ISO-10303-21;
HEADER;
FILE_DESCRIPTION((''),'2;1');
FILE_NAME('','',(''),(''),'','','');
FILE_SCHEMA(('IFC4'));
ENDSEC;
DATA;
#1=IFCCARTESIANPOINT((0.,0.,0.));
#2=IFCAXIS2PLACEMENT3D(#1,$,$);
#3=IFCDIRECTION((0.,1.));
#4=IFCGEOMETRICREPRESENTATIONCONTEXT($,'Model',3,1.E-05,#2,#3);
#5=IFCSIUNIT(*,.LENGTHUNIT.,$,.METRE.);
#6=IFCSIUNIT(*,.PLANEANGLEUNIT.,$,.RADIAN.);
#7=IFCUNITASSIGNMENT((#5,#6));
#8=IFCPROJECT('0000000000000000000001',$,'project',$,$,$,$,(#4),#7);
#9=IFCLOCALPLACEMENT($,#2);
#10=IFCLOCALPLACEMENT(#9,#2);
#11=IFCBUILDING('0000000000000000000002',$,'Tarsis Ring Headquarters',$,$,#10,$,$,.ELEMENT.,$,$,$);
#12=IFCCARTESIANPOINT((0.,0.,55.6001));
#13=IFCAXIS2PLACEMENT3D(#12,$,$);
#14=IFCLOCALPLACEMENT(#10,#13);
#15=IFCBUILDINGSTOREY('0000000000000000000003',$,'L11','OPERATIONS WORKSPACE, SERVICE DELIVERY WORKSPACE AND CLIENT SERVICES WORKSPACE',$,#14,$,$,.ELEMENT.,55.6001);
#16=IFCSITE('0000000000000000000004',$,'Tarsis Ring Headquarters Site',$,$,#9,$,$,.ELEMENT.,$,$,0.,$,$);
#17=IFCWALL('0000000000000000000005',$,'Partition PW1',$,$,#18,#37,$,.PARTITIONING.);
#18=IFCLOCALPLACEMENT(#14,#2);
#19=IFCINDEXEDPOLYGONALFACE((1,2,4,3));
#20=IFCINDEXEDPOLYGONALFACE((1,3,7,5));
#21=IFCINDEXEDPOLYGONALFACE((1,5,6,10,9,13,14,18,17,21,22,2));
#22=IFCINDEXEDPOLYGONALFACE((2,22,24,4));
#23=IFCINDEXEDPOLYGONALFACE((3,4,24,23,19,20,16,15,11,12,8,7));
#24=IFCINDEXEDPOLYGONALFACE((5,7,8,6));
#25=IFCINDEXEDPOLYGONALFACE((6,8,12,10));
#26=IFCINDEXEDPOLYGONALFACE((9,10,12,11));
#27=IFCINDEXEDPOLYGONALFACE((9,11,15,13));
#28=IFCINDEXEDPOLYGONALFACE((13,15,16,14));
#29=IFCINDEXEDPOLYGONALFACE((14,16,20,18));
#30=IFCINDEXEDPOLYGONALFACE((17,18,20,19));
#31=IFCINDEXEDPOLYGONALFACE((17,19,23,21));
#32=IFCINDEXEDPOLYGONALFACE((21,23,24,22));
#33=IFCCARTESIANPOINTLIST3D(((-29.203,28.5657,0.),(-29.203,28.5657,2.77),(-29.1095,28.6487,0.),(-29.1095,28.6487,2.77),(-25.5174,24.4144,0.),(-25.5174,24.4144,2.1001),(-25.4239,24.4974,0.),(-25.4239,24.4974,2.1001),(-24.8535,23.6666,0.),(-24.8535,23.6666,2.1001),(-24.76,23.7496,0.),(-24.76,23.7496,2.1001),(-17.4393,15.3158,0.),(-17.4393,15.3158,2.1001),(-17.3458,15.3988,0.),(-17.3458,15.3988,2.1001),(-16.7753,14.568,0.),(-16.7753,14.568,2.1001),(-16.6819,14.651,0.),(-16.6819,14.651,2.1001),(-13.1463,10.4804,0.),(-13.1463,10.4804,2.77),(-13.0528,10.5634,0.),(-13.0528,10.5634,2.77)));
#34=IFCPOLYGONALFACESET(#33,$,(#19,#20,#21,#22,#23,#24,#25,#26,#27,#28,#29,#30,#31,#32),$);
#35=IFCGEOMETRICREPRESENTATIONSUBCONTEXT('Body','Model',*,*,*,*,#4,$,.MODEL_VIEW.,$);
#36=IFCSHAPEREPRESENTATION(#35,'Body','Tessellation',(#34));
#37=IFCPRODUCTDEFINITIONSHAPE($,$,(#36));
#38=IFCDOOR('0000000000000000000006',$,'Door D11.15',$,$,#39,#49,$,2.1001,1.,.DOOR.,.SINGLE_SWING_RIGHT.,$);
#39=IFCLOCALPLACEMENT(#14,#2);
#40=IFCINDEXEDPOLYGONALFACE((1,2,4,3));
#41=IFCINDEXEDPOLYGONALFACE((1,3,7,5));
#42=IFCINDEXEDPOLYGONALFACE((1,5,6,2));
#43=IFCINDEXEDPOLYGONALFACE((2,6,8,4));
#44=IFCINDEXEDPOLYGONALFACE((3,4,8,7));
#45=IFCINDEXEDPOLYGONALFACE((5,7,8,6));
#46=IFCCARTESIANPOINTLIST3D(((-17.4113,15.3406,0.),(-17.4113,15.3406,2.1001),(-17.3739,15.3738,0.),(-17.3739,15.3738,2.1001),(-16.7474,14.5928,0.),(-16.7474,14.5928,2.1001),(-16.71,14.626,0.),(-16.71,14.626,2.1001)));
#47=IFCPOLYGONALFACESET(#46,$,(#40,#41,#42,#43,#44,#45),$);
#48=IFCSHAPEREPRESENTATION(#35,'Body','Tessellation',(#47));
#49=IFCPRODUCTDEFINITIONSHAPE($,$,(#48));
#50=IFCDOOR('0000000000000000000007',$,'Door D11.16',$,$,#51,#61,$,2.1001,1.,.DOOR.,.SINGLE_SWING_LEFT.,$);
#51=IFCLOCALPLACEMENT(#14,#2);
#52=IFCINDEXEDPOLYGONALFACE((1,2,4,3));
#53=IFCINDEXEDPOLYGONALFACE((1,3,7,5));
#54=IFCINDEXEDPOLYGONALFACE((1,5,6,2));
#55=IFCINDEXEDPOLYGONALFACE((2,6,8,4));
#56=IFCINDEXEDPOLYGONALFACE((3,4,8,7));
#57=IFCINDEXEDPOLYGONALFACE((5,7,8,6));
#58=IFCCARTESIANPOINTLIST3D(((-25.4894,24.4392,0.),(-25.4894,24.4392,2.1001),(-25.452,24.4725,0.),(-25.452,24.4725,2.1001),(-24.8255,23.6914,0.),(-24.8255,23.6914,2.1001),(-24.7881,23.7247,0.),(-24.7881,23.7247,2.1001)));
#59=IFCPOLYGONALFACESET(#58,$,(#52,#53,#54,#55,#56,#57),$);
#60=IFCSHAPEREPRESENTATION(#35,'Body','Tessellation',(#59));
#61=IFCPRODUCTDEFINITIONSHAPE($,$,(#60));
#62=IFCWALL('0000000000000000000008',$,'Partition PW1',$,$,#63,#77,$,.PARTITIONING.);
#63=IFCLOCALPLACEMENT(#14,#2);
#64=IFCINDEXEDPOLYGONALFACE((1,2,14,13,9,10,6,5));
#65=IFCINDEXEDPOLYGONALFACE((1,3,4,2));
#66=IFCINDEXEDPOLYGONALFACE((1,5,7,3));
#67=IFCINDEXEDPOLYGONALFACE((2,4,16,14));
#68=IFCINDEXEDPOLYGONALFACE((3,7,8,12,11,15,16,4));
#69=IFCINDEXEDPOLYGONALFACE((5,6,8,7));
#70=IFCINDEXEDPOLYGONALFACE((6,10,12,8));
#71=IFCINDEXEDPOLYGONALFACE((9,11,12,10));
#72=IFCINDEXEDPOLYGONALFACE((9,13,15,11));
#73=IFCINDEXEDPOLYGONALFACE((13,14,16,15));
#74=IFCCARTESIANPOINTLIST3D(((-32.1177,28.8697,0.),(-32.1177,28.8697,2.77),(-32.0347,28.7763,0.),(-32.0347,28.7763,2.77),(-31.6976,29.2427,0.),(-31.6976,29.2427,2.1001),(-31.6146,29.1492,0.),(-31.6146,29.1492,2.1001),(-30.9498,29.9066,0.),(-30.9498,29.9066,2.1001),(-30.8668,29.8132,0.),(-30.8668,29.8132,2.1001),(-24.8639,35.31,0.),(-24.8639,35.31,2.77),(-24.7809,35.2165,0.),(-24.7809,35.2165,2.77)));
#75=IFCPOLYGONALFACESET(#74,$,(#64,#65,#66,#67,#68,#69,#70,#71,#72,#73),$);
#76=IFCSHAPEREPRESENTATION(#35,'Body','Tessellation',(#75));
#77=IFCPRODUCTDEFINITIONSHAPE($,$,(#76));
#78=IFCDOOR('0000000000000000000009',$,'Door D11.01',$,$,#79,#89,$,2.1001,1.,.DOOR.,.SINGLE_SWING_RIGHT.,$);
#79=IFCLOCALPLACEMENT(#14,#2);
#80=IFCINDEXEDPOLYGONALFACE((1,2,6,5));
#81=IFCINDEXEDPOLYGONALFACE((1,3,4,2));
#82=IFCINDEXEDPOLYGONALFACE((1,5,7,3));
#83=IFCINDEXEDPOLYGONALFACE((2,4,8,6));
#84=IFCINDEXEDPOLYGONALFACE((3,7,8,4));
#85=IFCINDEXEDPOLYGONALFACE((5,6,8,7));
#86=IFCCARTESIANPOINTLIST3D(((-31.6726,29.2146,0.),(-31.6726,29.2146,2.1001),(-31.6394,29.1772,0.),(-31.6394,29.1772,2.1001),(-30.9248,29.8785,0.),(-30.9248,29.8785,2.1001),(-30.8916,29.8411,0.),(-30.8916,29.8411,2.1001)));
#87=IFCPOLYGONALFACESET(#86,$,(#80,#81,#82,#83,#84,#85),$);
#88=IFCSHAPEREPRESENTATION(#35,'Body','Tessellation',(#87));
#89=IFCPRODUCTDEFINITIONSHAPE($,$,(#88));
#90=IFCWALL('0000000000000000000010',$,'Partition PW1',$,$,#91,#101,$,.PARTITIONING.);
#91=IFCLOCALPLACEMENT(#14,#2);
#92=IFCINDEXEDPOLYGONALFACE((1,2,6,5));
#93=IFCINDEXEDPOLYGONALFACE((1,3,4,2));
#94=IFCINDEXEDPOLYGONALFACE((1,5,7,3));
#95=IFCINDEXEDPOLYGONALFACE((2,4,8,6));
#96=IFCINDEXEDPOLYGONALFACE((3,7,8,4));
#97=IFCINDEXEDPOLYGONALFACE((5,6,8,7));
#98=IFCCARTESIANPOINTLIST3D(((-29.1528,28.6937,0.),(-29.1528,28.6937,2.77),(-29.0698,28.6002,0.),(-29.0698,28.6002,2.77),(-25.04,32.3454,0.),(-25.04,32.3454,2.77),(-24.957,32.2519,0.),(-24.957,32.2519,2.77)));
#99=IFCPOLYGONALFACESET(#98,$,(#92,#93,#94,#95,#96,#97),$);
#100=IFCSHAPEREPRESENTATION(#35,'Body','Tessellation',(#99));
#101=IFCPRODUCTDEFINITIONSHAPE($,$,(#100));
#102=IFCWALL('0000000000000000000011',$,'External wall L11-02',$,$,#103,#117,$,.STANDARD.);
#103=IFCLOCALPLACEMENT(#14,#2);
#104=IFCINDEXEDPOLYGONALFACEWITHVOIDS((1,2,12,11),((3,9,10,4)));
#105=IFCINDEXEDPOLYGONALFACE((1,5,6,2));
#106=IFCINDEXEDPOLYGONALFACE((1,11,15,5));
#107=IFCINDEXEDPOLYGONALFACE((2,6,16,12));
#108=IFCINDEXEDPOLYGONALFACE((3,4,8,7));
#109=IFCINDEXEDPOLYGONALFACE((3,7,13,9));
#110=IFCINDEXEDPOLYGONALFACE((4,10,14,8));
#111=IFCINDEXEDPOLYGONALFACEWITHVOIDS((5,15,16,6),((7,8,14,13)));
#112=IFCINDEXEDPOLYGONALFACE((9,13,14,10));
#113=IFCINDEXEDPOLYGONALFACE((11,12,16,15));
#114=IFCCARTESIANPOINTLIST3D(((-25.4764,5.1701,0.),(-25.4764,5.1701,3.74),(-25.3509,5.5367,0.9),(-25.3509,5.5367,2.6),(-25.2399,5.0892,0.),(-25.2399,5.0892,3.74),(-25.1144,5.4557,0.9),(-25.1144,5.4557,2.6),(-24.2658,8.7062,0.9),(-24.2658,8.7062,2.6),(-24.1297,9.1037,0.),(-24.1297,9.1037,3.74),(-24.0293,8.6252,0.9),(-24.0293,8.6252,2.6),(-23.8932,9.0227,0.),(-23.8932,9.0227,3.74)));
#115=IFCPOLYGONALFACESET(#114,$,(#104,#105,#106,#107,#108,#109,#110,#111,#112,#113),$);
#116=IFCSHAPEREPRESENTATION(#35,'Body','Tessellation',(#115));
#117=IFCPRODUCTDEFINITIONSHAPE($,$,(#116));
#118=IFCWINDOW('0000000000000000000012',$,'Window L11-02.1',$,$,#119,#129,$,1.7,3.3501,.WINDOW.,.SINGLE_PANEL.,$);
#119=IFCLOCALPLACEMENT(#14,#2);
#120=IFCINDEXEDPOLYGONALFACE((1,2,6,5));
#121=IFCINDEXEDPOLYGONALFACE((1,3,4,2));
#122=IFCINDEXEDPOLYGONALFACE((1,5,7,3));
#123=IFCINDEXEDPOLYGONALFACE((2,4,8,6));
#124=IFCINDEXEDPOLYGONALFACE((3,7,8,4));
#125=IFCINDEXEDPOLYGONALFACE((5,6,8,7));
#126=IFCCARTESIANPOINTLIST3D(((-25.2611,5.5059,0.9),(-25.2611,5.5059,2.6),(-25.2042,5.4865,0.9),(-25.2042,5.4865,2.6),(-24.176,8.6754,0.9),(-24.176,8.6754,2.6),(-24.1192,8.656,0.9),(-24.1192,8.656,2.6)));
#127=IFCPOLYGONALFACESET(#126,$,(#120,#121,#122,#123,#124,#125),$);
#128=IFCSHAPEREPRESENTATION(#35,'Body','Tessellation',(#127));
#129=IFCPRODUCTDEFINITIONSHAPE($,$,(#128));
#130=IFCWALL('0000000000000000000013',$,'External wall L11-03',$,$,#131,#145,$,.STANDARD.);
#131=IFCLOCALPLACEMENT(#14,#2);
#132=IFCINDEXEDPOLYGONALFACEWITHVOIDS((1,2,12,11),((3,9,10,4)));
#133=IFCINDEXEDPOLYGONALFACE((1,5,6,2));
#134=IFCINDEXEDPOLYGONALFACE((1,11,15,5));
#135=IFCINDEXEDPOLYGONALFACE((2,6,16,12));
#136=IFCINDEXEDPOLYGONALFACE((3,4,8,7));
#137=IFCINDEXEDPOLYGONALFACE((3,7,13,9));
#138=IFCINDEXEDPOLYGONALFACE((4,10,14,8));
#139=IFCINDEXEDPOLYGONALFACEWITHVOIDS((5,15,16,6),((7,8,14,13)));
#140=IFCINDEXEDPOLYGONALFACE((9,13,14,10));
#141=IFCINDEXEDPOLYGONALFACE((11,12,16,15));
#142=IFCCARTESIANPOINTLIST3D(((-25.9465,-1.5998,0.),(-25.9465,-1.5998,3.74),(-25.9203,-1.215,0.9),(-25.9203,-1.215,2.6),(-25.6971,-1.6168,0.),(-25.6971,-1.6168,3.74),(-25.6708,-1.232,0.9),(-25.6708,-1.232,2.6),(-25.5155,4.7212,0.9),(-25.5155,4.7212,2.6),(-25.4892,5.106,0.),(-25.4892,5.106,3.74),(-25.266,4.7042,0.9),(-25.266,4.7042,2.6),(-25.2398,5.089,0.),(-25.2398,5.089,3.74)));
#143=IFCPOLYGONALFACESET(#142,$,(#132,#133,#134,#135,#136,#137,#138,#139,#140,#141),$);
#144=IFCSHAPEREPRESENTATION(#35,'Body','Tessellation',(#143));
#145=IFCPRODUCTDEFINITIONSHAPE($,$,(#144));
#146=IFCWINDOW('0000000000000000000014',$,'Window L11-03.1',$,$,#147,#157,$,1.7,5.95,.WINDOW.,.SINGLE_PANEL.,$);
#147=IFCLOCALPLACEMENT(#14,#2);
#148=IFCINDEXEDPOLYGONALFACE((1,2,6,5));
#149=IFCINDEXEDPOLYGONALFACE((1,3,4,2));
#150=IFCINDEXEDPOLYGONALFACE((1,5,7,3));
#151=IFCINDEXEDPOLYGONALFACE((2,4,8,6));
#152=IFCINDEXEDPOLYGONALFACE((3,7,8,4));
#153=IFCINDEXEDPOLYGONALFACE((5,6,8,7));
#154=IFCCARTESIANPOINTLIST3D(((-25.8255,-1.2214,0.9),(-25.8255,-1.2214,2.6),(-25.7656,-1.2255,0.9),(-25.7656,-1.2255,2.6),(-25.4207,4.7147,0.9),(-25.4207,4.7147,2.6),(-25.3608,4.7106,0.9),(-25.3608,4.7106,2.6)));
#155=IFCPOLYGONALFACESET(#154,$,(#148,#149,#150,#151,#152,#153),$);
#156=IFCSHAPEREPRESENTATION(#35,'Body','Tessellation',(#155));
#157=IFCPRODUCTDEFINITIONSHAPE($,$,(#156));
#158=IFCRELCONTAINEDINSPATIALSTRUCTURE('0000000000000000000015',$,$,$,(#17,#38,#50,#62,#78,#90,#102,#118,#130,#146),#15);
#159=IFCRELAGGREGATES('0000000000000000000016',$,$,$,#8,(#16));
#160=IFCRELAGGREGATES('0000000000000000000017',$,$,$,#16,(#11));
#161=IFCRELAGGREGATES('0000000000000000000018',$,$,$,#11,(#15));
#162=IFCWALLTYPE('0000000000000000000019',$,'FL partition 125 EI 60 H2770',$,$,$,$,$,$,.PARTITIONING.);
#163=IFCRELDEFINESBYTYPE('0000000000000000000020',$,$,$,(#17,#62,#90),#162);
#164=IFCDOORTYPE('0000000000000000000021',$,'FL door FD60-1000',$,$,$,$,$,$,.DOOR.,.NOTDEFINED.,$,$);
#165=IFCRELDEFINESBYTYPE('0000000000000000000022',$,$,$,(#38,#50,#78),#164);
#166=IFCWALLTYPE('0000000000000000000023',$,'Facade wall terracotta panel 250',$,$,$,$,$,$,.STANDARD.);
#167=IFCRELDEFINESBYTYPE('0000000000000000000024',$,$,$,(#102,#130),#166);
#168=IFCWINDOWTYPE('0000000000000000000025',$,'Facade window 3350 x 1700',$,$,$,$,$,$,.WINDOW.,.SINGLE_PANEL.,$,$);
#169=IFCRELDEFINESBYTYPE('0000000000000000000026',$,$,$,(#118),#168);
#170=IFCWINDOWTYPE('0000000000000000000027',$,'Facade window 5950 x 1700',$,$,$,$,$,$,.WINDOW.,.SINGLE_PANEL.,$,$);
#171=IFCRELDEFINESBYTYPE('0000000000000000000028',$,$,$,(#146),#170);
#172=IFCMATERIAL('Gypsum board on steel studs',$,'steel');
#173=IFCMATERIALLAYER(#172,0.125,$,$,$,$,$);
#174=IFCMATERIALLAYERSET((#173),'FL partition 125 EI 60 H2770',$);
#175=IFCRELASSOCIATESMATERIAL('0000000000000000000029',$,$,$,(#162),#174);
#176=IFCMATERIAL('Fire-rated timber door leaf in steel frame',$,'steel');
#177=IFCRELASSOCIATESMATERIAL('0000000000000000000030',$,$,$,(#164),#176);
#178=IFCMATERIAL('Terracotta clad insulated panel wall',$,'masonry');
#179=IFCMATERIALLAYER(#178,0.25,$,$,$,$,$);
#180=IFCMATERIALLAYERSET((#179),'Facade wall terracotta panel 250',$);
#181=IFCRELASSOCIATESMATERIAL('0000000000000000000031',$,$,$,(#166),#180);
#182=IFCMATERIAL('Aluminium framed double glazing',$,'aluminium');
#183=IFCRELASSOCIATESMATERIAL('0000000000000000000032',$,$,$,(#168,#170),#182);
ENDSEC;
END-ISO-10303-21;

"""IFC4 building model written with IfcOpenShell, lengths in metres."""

from ifc_helpers import new_model, si_unit, direction, frame, frame_2d, origin, place, context, subcontext, project, spatial, rectangle, extrude, material, layer, layer_set, type_object, element, fill, save


model = new_model("IFC4")

# Units and contexts
model_context = context("Model", 3, precision=1e-05, world=origin(), true_north=direction((0.0, 1.0)))
body_context = subcontext(model_context, "Body", "Model", "MODEL_VIEW")
ifc_project = project(units=[si_unit("LENGTHUNIT", "METRE"), si_unit("PLANEANGLEUNIT", "RADIAN")], contexts=[model_context])

# Site, building, storey
site_placement = place(None, origin())
site = spatial("IfcSite", under=ifc_project, at=site_placement, Name="Tarsis Ring Headquarters Site", CompositionType="ELEMENT", RefElevation=0.0)
building_placement = place(site_placement, origin())
building = spatial("IfcBuilding", under=site, at=building_placement, Name="Tarsis Ring Headquarters", CompositionType="ELEMENT")
storey_placement = place(building_placement, frame((0.0, 0.0, 55.6001)))
storey = spatial("IfcBuildingStorey", under=building, at=storey_placement, Name="L11", Description="OPERATIONS WORKSPACE, SERVICE DELIVERY WORKSPACE AND CLIENT SERVICES WORKSPACE", CompositionType="ELEMENT", Elevation=55.6001)

# Shared definitions
ifc_material_1 = material(Name="Gypsum board on steel studs", Category="steel")

# Shared definitions
ifc_layer_1 = layer(ifc_material_1, 0.125)
ifc_layer_set_1 = layer_set([ifc_layer_1], Name="FL partition 125 EI 60 H2770")
wall_type_1 = type_object("IfcWallType", Name="FL partition 125 EI 60 H2770", PredefinedType="PARTITIONING", material=ifc_layer_set_1)
ifc_material_2 = material(Name="Fire-rated timber door leaf in steel frame", Category="steel")

# Wall, openings, doors
wall_1_placement = place(storey_placement, frame((-29.1562, 28.6072, 0.0), z_axis=(0.0, 0.0, 1.0), x_axis=(0.663923, -0.747801, 0.0)))
wall_1 = element("IfcWall", 1, at=wall_1_placement, inside=storey, type_object=wall_type_1, Name="Partition PW1", PredefinedType="PARTITIONING", context=body_context, shape_type="SweptSolid", body=[
    extrude(rectangle(XDim=24.1846, YDim=0.125, at=frame_2d((12.0923, 0.0))), origin(), (0.0, 0.0, 1.0), 2.77),
])
opening_1_placement = place(wall_1_placement, frame((17.7185, 0.0, 0.0)))
opening_1 = element("IfcOpeningElement", 2, at=opening_1_placement, cuts=wall_1, PredefinedType="OPENING", context=body_context, shape_type="SweptSolid", body=[
    extrude(rectangle(XDim=1.0, YDim=2.1001, at=frame_2d((0.5, 1.05))), frame((0.0, 0.0725, 0.0), z_axis=(0.0, -1.0, 0.0), x_axis=(1.0, 0.0, 0.0)), (0.0, 0.0, 1.0), 0.145),
])
opening_2_placement = place(wall_1_placement, frame((5.5513, 0.0, 0.0)))
opening_2 = element("IfcOpeningElement", 3, at=opening_2_placement, cuts=wall_1, PredefinedType="OPENING", context=body_context, shape_type="SweptSolid", body=[
    extrude(rectangle(XDim=1.0, YDim=2.1001, at=frame_2d((0.5, 1.05))), frame((0.0, 0.0725, 0.0), z_axis=(0.0, -1.0, 0.0), x_axis=(1.0, 0.0, 0.0)), (0.0, 0.0, 1.0), 0.145),
])
door_type_1 = type_object("IfcDoorType", Name="FL door FD60-1000", OperationType="NOTDEFINED", PredefinedType="DOOR", material=ifc_material_2)
door_1_placement = place(opening_1_placement, origin())
door_1 = element("IfcDoor", 4, at=door_1_placement, inside=storey, type_object=door_type_1, Name="Door D11.15", OperationType="SINGLE_SWING_RIGHT", OverallHeight=2.1001, OverallWidth=1.0, PredefinedType="DOOR", context=body_context, shape_type="SweptSolid", body=[
    extrude(rectangle(XDim=1.0, YDim=2.1001, at=frame_2d((0.5, 1.05))), frame((0.0, 0.0249, 0.0), z_axis=(0.0, -1.0, 0.0), x_axis=(1.0, 0.0, 0.0)), (0.0, 0.0, 1.0), 0.05),
])
fill(opening_1, door_1)
door_2_placement = place(opening_2_placement, origin())
door_2 = element("IfcDoor", 5, at=door_2_placement, inside=storey, type_object=door_type_1, Name="Door D11.16", OperationType="SINGLE_SWING_LEFT", OverallHeight=2.1001, OverallWidth=1.0, PredefinedType="DOOR", context=body_context, shape_type="SweptSolid", body=[
    extrude(rectangle(XDim=1.0, YDim=2.1001, at=frame_2d((0.5, 1.05))), frame((0.0, 0.0249, 0.0), z_axis=(0.0, -1.0, 0.0), x_axis=(1.0, 0.0, 0.0)), (0.0, 0.0, 1.0), 0.05),
])
fill(opening_2, door_2)

# Wall, opening, door
wall_2_placement = place(storey_placement, frame((-32.0762, 28.823, 0.0), z_axis=(0.0, 0.0, 1.0), x_axis=(0.747794, 0.663931, 0.0)))
wall_2 = element("IfcWall", 6, at=wall_2_placement, inside=storey, type_object=wall_type_1, Name="Partition PW1", PredefinedType="PARTITIONING", context=body_context, shape_type="SweptSolid", body=[
    extrude(rectangle(XDim=9.7002, YDim=0.125, at=frame_2d((4.8501, 0.0))), origin(), (0.0, 0.0, 1.0), 2.77),
])
opening_3_placement = place(wall_2_placement, frame((0.5618, 0.0, 0.0)))
opening_3 = element("IfcOpeningElement", 7, at=opening_3_placement, cuts=wall_2, PredefinedType="OPENING", context=body_context, shape_type="SweptSolid", body=[
    extrude(rectangle(XDim=1.0, YDim=2.1001, at=frame_2d((0.5, 1.05))), frame((0.0, 0.0725, 0.0), z_axis=(0.0, -1.0, 0.0), x_axis=(1.0, 0.0, 0.0)), (0.0, 0.0, 1.0), 0.145),
])
door_3_placement = place(opening_3_placement, origin())
door_3 = element("IfcDoor", 8, at=door_3_placement, inside=storey, type_object=door_type_1, Name="Door D11.01", OperationType="SINGLE_SWING_RIGHT", OverallHeight=2.1001, OverallWidth=1.0, PredefinedType="DOOR", context=body_context, shape_type="SweptSolid", body=[
    extrude(rectangle(XDim=1.0, YDim=2.1001, at=frame_2d((0.5, 1.05))), frame((0.0, 0.0249, 0.0), z_axis=(0.0, -1.0, 0.0), x_axis=(1.0, 0.0, 0.0)), (0.0, 0.0, 1.0), 0.05),
])
fill(opening_3, door_3)

# Wall
wall_3_placement = place(storey_placement, frame((-29.1113, 28.647, 0.0), z_axis=(0.0, 0.0, 1.0), x_axis=(0.747789, 0.663937, 0.0)))
element("IfcWall", 9, at=wall_3_placement, inside=storey, type_object=wall_type_1, Name="Partition PW1", PredefinedType="PARTITIONING", context=body_context, shape_type="SweptSolid", body=[
    extrude(rectangle(XDim=5.5, YDim=0.125, at=frame_2d((2.75, 0.0))), origin(), (0.0, 0.0, 1.0), 2.77),
])

# Walls, openings, windows
ifc_material_3 = material(Name="Terracotta clad insulated panel wall", Category="masonry")
ifc_layer_2 = layer(ifc_material_3, 0.25)
ifc_layer_set_2 = layer_set([ifc_layer_2], Name="Facade wall terracotta panel 250")
wall_type_2 = type_object("IfcWallType", Name="Facade wall terracotta panel 250", PredefinedType="STANDARD", material=ifc_layer_set_2)
wall_4_placement = place(storey_placement, frame((-24.0115, 9.0632, 0.0), z_axis=(0.0, 0.0, 1.0), x_axis=(-0.323898, -0.946092, 0.0)))
wall_4 = element("IfcWall", 10, at=wall_4_placement, inside=storey, type_object=wall_type_2, Name="External wall L11-02", PredefinedType="STANDARD", context=body_context, shape_type="SweptSolid", body=[
    extrude(rectangle(XDim=4.1577, YDim=0.25, at=frame_2d((2.0789, 0.0))), origin(), (0.0, 0.0, 1.0), 3.74),
])
opening_4_placement = place(wall_4_placement, frame((0.4202, 0.0, 0.8999)))
opening_4 = element("IfcOpeningElement", 11, at=opening_4_placement, cuts=wall_4, PredefinedType="OPENING", context=body_context, shape_type="SweptSolid", body=[
    extrude(rectangle(XDim=3.3501, YDim=1.7, at=frame_2d((1.675, 0.8501))), frame((0.0, 0.135, 0.0), z_axis=(0.0, -1.0, 0.0), x_axis=(1.0, 0.0, 0.0)), (0.0, 0.0, 1.0), 0.27),
])
ifc_material_4 = material(Name="Aluminium framed double glazing", Category="aluminium")
window_type_1 = type_object("IfcWindowType", Name="Facade window 3350 x 1700", PartitioningType="SINGLE_PANEL", PredefinedType="WINDOW", material=ifc_material_4)
window_1_placement = place(opening_4_placement, origin())
window_1 = element("IfcWindow", 12, at=window_1_placement, inside=storey, type_object=window_type_1, Name="Window L11-02.1", OverallHeight=1.7, OverallWidth=3.3501, PartitioningType="SINGLE_PANEL", PredefinedType="WINDOW", context=body_context, shape_type="SweptSolid", body=[
    extrude(rectangle(XDim=3.3501, YDim=1.7, at=frame_2d((1.675, 0.8501))), frame((0.0, 0.03, 0.0), z_axis=(0.0, -1.0, 0.0), x_axis=(1.0, 0.0, 0.0)), (0.0, 0.0, 1.0), 0.0601),
])
fill(opening_4, window_1)
wall_5_placement = place(storey_placement, frame((-25.3645, 5.0977, 0.0), z_axis=(0.0, 0.0, 1.0), x_axis=(-0.068033, -0.997683, 0.0)))
wall_5 = element("IfcWall", 13, at=wall_5_placement, inside=storey, type_object=wall_type_2, Name="External wall L11-03", PredefinedType="STANDARD", context=body_context, shape_type="SweptSolid", body=[
    extrude(rectangle(XDim=6.7214, YDim=0.25, at=frame_2d((3.3608, 0.0))), origin(), (0.0, 0.0, 1.0), 3.74),
])
opening_5_placement = place(wall_5_placement, frame((0.3857, 0.0, 0.8999)))
opening_5 = element("IfcOpeningElement", 14, at=opening_5_placement, cuts=wall_5, PredefinedType="OPENING", context=body_context, shape_type="SweptSolid", body=[
    extrude(rectangle(XDim=5.95, YDim=1.7, at=frame_2d((2.9751, 0.8501))), frame((0.0, 0.135, 0.0), z_axis=(0.0, -1.0, 0.0), x_axis=(1.0, 0.0, 0.0)), (0.0, 0.0, 1.0), 0.27),
])
window_type_2 = type_object("IfcWindowType", Name="Facade window 5950 x 1700", PartitioningType="SINGLE_PANEL", PredefinedType="WINDOW", material=ifc_material_4)
window_2_placement = place(opening_5_placement, origin())
window_2 = element("IfcWindow", 15, at=window_2_placement, inside=storey, type_object=window_type_2, Name="Window L11-03.1", OverallHeight=1.7, OverallWidth=5.95, PartitioningType="SINGLE_PANEL", PredefinedType="WINDOW", context=body_context, shape_type="SweptSolid", body=[
    extrude(rectangle(XDim=5.95, YDim=1.7, at=frame_2d((2.9751, 0.8501))), frame((0.0, 0.03, 0.0), z_axis=(0.0, -1.0, 0.0), x_axis=(1.0, 0.0, 0.0)), (0.0, 0.0, 1.0), 0.0601),
])
fill(opening_5, window_2)

save(model, "model.ifc")
